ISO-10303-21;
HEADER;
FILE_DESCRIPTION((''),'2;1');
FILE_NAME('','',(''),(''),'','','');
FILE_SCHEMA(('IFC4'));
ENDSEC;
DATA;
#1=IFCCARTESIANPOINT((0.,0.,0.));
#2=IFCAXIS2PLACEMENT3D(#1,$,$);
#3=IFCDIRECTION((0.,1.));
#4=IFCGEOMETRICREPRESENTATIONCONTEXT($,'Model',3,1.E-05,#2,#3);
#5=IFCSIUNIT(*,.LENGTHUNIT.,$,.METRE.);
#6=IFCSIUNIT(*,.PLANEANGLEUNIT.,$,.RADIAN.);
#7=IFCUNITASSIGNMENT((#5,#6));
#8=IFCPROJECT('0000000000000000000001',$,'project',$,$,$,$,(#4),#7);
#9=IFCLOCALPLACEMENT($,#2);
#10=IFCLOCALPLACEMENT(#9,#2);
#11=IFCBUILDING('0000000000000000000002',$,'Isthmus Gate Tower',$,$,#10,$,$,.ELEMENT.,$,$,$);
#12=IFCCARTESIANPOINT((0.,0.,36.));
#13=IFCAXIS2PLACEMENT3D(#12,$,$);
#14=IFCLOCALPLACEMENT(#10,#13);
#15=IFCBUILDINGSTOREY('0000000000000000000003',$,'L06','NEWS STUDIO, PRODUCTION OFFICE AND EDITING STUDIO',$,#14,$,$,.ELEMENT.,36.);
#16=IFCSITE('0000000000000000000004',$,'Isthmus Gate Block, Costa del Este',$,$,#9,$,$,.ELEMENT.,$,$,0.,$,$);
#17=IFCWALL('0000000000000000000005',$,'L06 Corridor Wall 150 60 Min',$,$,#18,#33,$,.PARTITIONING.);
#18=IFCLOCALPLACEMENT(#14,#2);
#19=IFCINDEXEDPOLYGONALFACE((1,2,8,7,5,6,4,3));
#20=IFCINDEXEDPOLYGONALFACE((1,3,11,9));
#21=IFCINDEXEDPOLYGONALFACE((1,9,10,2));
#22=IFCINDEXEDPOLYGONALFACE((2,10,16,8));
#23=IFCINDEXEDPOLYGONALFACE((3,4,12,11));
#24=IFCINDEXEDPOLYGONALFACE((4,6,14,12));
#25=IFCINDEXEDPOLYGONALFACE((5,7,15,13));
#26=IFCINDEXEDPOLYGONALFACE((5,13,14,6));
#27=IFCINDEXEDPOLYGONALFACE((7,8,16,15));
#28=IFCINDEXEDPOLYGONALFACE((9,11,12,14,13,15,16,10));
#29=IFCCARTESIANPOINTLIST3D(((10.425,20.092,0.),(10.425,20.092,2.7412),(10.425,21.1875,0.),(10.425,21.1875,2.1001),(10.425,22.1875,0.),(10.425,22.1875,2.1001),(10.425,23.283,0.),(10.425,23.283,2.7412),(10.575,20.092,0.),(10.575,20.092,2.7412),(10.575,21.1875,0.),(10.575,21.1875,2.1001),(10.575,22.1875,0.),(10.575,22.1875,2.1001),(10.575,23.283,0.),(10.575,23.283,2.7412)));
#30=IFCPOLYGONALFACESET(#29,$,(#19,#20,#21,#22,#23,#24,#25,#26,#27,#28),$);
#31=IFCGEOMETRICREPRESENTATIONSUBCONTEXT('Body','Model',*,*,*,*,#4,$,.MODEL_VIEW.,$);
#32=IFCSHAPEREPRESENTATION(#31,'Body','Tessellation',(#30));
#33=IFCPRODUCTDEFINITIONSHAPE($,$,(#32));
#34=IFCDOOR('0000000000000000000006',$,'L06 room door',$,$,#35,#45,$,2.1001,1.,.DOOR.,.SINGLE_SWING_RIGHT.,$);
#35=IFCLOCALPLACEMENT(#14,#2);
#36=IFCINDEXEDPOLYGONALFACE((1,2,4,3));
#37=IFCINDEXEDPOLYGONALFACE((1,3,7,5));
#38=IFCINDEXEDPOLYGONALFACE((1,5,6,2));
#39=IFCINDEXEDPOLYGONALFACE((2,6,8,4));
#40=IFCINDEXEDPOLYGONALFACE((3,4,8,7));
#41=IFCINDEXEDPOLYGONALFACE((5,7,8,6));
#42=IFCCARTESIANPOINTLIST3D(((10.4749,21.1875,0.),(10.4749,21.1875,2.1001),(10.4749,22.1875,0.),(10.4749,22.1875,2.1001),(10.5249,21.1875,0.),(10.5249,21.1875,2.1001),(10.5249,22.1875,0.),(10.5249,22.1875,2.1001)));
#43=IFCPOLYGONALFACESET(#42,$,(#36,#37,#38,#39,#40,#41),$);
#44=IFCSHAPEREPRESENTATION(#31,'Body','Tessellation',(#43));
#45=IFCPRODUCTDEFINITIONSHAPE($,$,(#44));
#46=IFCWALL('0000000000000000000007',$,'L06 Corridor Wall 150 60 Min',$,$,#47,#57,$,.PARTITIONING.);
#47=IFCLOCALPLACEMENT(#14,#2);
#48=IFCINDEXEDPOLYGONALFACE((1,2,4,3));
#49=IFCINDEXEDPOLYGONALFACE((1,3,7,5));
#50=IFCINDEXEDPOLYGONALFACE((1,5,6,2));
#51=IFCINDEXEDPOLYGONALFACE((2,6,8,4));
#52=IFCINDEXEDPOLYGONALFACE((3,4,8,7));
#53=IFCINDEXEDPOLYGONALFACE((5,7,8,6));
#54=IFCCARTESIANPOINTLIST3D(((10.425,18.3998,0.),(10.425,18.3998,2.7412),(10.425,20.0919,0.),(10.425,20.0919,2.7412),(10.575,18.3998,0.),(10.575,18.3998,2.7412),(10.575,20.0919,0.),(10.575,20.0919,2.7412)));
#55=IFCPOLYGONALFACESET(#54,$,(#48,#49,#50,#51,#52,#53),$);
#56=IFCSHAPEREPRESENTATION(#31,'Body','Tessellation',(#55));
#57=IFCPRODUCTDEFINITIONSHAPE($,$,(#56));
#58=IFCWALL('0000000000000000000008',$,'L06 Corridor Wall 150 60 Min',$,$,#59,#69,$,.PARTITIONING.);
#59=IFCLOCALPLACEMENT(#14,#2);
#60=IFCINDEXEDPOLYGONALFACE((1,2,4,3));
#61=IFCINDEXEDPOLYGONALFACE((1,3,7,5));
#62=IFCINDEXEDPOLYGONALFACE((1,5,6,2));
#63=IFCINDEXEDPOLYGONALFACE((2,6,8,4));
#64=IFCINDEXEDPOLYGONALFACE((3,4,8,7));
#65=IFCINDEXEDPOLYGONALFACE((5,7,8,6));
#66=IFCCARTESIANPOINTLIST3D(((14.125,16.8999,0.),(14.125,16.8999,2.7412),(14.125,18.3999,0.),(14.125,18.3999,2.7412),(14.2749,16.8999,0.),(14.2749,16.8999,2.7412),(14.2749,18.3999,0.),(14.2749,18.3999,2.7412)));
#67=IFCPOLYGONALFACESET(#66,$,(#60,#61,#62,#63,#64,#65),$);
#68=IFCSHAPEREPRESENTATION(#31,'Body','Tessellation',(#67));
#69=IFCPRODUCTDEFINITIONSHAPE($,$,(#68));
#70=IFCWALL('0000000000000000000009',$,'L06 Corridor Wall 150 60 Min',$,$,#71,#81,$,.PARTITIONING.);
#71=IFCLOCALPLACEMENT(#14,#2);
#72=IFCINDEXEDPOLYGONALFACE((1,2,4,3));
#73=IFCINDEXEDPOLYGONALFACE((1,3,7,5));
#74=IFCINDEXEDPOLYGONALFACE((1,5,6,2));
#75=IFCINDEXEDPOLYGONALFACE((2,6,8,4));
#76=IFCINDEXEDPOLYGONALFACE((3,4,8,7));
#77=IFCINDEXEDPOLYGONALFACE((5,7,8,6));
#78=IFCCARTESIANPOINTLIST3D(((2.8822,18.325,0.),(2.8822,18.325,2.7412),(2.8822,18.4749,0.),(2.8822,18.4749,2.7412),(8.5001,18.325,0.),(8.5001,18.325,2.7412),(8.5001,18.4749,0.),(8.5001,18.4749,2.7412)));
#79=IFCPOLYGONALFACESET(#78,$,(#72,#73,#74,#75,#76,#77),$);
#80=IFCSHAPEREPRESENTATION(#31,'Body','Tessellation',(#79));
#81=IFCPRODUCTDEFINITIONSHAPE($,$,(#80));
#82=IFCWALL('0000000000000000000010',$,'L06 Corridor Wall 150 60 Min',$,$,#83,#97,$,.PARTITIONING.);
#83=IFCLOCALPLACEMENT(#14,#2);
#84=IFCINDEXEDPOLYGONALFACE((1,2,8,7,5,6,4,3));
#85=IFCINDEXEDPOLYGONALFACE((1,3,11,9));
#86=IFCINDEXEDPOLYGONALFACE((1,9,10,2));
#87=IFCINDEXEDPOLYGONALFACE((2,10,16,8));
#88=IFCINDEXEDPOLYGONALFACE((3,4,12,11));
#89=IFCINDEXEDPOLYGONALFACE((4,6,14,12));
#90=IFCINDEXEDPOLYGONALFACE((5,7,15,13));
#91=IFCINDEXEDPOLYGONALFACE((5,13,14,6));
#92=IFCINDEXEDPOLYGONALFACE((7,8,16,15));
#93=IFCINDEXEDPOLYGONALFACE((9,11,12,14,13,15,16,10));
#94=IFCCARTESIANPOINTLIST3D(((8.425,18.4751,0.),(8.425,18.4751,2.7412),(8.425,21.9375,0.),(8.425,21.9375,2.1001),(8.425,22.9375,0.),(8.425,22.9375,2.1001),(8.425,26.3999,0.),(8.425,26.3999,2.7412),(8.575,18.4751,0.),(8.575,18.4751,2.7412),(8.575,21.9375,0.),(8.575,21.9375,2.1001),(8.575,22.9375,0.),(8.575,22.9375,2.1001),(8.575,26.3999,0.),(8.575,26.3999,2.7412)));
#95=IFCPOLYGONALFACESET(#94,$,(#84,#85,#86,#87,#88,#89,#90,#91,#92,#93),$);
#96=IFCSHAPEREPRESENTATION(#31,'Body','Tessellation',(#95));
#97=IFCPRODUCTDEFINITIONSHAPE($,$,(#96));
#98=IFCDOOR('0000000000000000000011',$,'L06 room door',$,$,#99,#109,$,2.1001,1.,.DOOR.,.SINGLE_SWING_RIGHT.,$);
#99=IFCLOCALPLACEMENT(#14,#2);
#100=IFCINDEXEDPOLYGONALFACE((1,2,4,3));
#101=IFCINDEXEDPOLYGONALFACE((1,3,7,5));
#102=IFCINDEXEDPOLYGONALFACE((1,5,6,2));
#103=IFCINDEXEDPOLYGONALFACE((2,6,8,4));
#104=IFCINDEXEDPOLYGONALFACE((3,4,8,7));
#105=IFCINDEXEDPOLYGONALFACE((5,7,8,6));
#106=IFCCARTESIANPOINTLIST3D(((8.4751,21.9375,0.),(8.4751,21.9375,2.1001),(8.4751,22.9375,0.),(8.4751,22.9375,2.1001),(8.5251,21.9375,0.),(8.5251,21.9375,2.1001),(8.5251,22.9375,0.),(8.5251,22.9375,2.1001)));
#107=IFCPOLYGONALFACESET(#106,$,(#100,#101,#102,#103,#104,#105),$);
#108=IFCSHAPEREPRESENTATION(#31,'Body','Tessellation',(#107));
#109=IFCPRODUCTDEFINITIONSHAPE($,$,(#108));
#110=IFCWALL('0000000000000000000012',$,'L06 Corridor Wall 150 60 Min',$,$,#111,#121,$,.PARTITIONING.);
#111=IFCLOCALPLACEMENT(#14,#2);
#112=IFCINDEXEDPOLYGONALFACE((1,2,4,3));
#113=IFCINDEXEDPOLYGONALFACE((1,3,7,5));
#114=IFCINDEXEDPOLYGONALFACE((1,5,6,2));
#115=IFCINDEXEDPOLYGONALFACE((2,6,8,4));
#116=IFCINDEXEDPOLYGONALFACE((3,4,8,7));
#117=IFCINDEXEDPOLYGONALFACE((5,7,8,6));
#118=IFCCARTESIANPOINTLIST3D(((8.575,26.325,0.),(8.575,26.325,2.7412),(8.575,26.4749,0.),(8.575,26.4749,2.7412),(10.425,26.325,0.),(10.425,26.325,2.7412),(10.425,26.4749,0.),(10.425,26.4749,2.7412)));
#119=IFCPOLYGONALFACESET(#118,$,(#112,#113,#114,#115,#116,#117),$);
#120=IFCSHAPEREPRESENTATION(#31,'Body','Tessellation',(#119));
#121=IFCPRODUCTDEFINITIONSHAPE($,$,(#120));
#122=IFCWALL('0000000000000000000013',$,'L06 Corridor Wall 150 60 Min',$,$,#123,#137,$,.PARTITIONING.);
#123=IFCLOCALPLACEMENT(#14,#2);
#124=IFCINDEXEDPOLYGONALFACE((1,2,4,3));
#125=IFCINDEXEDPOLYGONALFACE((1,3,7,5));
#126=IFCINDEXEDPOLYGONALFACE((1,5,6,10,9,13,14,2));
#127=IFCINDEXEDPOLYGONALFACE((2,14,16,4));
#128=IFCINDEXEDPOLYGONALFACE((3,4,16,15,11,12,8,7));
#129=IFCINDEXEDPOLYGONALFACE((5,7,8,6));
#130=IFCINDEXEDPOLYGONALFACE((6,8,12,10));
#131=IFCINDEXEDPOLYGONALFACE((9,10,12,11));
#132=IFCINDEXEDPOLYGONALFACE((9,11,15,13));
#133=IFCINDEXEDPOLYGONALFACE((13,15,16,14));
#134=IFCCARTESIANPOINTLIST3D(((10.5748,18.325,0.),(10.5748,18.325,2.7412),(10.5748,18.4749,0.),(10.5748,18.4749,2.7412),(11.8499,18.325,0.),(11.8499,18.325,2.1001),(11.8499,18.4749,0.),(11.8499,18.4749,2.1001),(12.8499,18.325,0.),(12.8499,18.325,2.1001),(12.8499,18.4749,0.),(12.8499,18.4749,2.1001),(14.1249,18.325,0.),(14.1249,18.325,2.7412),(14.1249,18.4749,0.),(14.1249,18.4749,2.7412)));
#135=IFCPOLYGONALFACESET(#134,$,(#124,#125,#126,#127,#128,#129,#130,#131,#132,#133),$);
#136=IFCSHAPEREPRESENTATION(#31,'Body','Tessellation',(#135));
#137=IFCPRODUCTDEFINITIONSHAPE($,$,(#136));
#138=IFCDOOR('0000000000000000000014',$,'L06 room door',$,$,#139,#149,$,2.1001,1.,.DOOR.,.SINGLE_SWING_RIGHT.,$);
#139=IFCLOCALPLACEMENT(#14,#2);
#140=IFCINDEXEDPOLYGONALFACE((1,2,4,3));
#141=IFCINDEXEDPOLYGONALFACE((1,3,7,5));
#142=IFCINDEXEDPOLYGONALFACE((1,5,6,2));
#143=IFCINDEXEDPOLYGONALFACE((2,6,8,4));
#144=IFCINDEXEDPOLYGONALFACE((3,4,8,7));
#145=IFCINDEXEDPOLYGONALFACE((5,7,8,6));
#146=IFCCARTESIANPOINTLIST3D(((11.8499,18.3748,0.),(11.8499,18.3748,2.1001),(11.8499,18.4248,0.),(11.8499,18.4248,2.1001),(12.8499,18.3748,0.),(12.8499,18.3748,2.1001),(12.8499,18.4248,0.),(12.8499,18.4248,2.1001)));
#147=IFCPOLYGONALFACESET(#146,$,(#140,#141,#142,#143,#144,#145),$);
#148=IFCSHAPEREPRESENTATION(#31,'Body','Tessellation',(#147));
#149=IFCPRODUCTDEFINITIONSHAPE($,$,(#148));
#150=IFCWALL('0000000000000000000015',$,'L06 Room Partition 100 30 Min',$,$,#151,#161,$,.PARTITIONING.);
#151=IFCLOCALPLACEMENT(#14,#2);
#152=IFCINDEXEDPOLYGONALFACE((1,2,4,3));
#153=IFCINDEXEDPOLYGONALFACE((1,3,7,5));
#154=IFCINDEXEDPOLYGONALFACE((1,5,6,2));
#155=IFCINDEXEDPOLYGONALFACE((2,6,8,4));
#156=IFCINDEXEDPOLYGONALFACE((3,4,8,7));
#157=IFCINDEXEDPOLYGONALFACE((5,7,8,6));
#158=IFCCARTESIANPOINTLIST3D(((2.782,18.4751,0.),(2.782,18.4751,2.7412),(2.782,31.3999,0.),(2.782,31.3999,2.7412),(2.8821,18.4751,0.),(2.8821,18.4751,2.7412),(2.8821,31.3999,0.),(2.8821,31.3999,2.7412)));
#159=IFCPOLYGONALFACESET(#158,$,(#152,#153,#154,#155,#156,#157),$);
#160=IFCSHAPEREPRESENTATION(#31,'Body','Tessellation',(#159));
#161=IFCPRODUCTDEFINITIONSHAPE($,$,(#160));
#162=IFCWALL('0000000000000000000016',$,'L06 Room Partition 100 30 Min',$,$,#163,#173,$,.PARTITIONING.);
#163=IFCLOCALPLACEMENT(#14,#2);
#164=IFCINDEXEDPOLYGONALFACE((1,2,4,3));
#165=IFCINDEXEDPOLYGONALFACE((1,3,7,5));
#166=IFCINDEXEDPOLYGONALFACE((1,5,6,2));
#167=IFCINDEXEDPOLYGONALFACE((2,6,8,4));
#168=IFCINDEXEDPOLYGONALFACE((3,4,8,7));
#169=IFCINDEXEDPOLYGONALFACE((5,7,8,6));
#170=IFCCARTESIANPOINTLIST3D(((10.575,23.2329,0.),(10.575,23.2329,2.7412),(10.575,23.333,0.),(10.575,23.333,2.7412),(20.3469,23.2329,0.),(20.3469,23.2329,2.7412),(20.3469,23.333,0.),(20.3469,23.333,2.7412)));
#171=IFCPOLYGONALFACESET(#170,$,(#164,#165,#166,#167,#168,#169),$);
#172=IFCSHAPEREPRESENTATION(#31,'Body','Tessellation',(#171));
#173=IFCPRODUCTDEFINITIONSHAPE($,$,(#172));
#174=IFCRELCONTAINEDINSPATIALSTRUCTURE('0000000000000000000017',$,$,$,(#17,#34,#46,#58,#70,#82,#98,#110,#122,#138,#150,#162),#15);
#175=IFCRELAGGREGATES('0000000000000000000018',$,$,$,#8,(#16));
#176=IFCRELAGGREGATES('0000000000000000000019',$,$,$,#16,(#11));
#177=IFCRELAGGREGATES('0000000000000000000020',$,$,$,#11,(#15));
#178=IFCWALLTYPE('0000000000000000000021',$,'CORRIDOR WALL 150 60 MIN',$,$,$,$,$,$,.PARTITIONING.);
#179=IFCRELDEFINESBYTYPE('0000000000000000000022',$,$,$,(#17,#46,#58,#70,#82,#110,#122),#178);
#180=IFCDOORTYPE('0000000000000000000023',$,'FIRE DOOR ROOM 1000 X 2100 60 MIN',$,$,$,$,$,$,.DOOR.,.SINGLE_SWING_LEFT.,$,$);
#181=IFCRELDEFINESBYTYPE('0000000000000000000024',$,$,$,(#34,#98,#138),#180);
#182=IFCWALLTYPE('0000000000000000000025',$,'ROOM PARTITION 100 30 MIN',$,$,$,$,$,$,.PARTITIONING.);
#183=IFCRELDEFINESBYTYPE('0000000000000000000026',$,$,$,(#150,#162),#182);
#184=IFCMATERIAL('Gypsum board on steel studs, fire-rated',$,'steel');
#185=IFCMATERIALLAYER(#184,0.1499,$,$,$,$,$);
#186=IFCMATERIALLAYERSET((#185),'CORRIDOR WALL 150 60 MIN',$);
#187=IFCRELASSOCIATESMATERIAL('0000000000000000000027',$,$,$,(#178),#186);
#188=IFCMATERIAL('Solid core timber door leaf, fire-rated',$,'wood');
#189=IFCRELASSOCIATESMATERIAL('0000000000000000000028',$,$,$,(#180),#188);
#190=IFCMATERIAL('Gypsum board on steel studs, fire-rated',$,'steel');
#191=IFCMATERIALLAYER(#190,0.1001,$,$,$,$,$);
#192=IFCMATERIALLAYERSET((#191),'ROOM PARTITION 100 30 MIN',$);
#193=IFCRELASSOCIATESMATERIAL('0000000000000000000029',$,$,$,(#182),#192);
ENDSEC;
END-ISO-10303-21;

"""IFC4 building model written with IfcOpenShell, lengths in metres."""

from ifc_helpers import new_model, si_unit, direction, frame, frame_2d, origin, place, context, subcontext, project, spatial, rectangle, extrude, material, layer, layer_set, type_object, element, fill, save


model = new_model("IFC4")

# Units and contexts
model_context = context("Model", 3, precision=1e-05, world=origin(), true_north=direction((0.0, 1.0)))
body_context = subcontext(model_context, "Body", "Model", "MODEL_VIEW")
ifc_project = project(units=[si_unit("LENGTHUNIT", "METRE"), si_unit("PLANEANGLEUNIT", "RADIAN")], contexts=[model_context])

# Site, building, storey
site_placement = place(None, origin())
site = spatial("IfcSite", under=ifc_project, at=site_placement, Name="Isthmus Gate Block, Costa del Este", CompositionType="ELEMENT", RefElevation=0.0)
building_placement = place(site_placement, origin())
building = spatial("IfcBuilding", under=site, at=building_placement, Name="Isthmus Gate Tower", CompositionType="ELEMENT")
storey_placement = place(building_placement, frame((0.0, 0.0, 36.0)))
storey = spatial("IfcBuildingStorey", under=building, at=storey_placement, Name="L06", Description="NEWS STUDIO, PRODUCTION OFFICE AND EDITING STUDIO", CompositionType="ELEMENT", Elevation=36.0)

# Shared definitions
ifc_material_1 = material(Name="Gypsum board on steel studs, fire-rated", Category="steel")
ifc_layer_1 = layer(ifc_material_1, 0.1499)
ifc_layer_set_1 = layer_set([ifc_layer_1], Name="CORRIDOR WALL 150 60 MIN")
wall_type_1 = type_object("IfcWallType", Name="CORRIDOR WALL 150 60 MIN", PredefinedType="PARTITIONING", material=ifc_layer_set_1)

# Wall, opening, door
wall_1_placement = place(storey_placement, frame((10.5, 23.283, 0.0), z_axis=(0.0, 0.0, 1.0), x_axis=(0.0, -1.0, 0.0)))
wall_1 = element("IfcWall", 1, at=wall_1_placement, inside=storey, type_object=wall_type_1, Name="L06 Corridor Wall 150 60 Min", PredefinedType="PARTITIONING", context=body_context, shape_type="SweptSolid", body=[
    extrude(rectangle(XDim=3.1909, YDim=0.1499, at=frame_2d((1.5955, 0.0))), origin(), (0.0, 0.0, 1.0), 2.7412),
])
opening_1_placement = place(wall_1_placement, frame((1.0955, 0.0, 0.0)))
opening_1 = element("IfcOpeningElement", 2, at=opening_1_placement, cuts=wall_1, PredefinedType="OPENING", context=body_context, shape_type="SweptSolid", body=[
    extrude(rectangle(XDim=1.0, YDim=2.1001, at=frame_2d((0.5, 1.05))), frame((0.0, 0.085, 0.0), z_axis=(0.0, -1.0, 0.0), x_axis=(1.0, 0.0, 0.0)), (0.0, 0.0, 1.0), 0.1699),
])
ifc_material_2 = material(Name="Solid core timber door leaf, fire-rated", Category="wood")
door_type = type_object("IfcDoorType", Name="FIRE DOOR ROOM 1000 X 2100 60 MIN", OperationType="SINGLE_SWING_LEFT", PredefinedType="DOOR", material=ifc_material_2)
door_1_placement = place(opening_1_placement, origin())
door_1 = element("IfcDoor", 3, at=door_1_placement, inside=storey, type_object=door_type, Name="L06 room door", OperationType="SINGLE_SWING_RIGHT", OverallHeight=2.1001, OverallWidth=1.0, PredefinedType="DOOR", context=body_context, shape_type="SweptSolid", body=[
    extrude(rectangle(XDim=1.0, YDim=2.1001, at=frame_2d((0.5, 1.05))), frame((0.0, 0.0249, 0.0), z_axis=(0.0, -1.0, 0.0), x_axis=(1.0, 0.0, 0.0)), (0.0, 0.0, 1.0), 0.05),
])
fill(opening_1, door_1)

# Walls
wall_2_placement = place(storey_placement, frame((10.5, 20.092, 0.0), z_axis=(0.0, 0.0, 1.0), x_axis=(0.0, -1.0, 0.0)))
element("IfcWall", 4, at=wall_2_placement, inside=storey, type_object=wall_type_1, Name="L06 Corridor Wall 150 60 Min", PredefinedType="PARTITIONING", context=body_context, shape_type="SweptSolid", body=[
    extrude(rectangle(XDim=1.6921, YDim=0.1499, at=frame_2d((0.8462, 0.0))), origin(), (0.0, 0.0, 1.0), 2.7412),
])
wall_3_placement = place(storey_placement, frame((14.2, 18.3999, 0.0), z_axis=(0.0, 0.0, 1.0), x_axis=(0.0, -1.0, 0.0)))
element("IfcWall", 5, at=wall_3_placement, inside=storey, type_object=wall_type_1, Name="L06 Corridor Wall 150 60 Min", PredefinedType="PARTITIONING", context=body_context, shape_type="SweptSolid", body=[
    extrude(rectangle(XDim=1.5, YDim=0.1499, at=frame_2d((0.75, 0.0))), origin(), (0.0, 0.0, 1.0), 2.7412),
])
wall_4_placement = place(storey_placement, frame((2.8821, 18.3999, 0.0), z_axis=(0.0, 0.0, 1.0), x_axis=(1.0, 0.0, 0.0)))
element("IfcWall", 6, at=wall_4_placement, inside=storey, type_object=wall_type_1, Name="L06 Corridor Wall 150 60 Min", PredefinedType="PARTITIONING", context=body_context, shape_type="SweptSolid", body=[
    extrude(rectangle(XDim=5.6179, YDim=0.1499, at=frame_2d((2.8091, 0.0))), origin(), (0.0, 0.0, 1.0), 2.7412),
])

# Wall, opening, door
wall_5_placement = place(storey_placement, frame((8.5, 18.4751, 0.0), z_axis=(0.0, 0.0, 1.0), x_axis=(0.0, 1.0, 0.0)))
wall_5 = element("IfcWall", 7, at=wall_5_placement, inside=storey, type_object=wall_type_1, Name="L06 Corridor Wall 150 60 Min", PredefinedType="PARTITIONING", context=body_context, shape_type="SweptSolid", body=[
    extrude(rectangle(XDim=7.9248, YDim=0.1499, at=frame_2d((3.9624, 0.0))), origin(), (0.0, 0.0, 1.0), 2.7412),
])
opening_2_placement = place(wall_5_placement, frame((3.4624, 0.0, 0.0)))
opening_2 = element("IfcOpeningElement", 8, at=opening_2_placement, cuts=wall_5, PredefinedType="OPENING", context=body_context, shape_type="SweptSolid", body=[
    extrude(rectangle(XDim=1.0, YDim=2.1001, at=frame_2d((0.5, 1.05))), frame((0.0, 0.085, 0.0), z_axis=(0.0, -1.0, 0.0), x_axis=(1.0, 0.0, 0.0)), (0.0, 0.0, 1.0), 0.1699),
])
door_2_placement = place(opening_2_placement, origin())
door_2 = element("IfcDoor", 9, at=door_2_placement, inside=storey, type_object=door_type, Name="L06 room door", OperationType="SINGLE_SWING_RIGHT", OverallHeight=2.1001, OverallWidth=1.0, PredefinedType="DOOR", context=body_context, shape_type="SweptSolid", body=[
    extrude(rectangle(XDim=1.0, YDim=2.1001, at=frame_2d((0.5, 1.05))), frame((0.0, 0.0249, 0.0), z_axis=(0.0, -1.0, 0.0), x_axis=(1.0, 0.0, 0.0)), (0.0, 0.0, 1.0), 0.05),
])
fill(opening_2, door_2)

# Wall
wall_6_placement = place(storey_placement, frame((8.575, 26.3999, 0.0), z_axis=(0.0, 0.0, 1.0), x_axis=(1.0, 0.0, 0.0)))
element("IfcWall", 10, at=wall_6_placement, inside=storey, type_object=wall_type_1, Name="L06 Corridor Wall 150 60 Min", PredefinedType="PARTITIONING", context=body_context, shape_type="SweptSolid", body=[
    extrude(rectangle(XDim=1.8501, YDim=0.1499, at=frame_2d((0.925, 0.0))), origin(), (0.0, 0.0, 1.0), 2.7412),
])

# Wall, opening, door
wall_7_placement = place(storey_placement, frame((10.575, 18.3999, 0.0), z_axis=(0.0, 0.0, 1.0), x_axis=(1.0, 0.0, 0.0)))
wall_7 = element("IfcWall", 11, at=wall_7_placement, inside=storey, type_object=wall_type_1, Name="L06 Corridor Wall 150 60 Min", PredefinedType="PARTITIONING", context=body_context, shape_type="SweptSolid", body=[
    extrude(rectangle(XDim=3.55, YDim=0.1499, at=frame_2d((1.7749, 0.0))), origin(), (0.0, 0.0, 1.0), 2.7412),
])
opening_3_placement = place(wall_7_placement, frame((1.2749, 0.0, 0.0)))
opening_3 = element("IfcOpeningElement", 12, at=opening_3_placement, cuts=wall_7, PredefinedType="OPENING", context=body_context, shape_type="SweptSolid", body=[
    extrude(rectangle(XDim=1.0, YDim=2.1001, at=frame_2d((0.5, 1.05))), frame((0.0, 0.085, 0.0), z_axis=(0.0, -1.0, 0.0), x_axis=(1.0, 0.0, 0.0)), (0.0, 0.0, 1.0), 0.1699),
])
door_3_placement = place(opening_3_placement, origin())
door_3 = element("IfcDoor", 13, at=door_3_placement, inside=storey, type_object=door_type, Name="L06 room door", OperationType="SINGLE_SWING_RIGHT", OverallHeight=2.1001, OverallWidth=1.0, PredefinedType="DOOR", context=body_context, shape_type="SweptSolid", body=[
    extrude(rectangle(XDim=1.0, YDim=2.1001, at=frame_2d((0.5, 1.05))), frame((0.0, 0.0249, 0.0), z_axis=(0.0, -1.0, 0.0), x_axis=(1.0, 0.0, 0.0)), (0.0, 0.0, 1.0), 0.05),
])
fill(opening_3, door_3)

# Walls
ifc_material_3 = material(Name="Gypsum board on steel studs, fire-rated", Category="steel")
ifc_layer_2 = layer(ifc_material_3, 0.1001)
ifc_layer_set_2 = layer_set([ifc_layer_2], Name="ROOM PARTITION 100 30 MIN")
wall_type_2 = type_object("IfcWallType", Name="ROOM PARTITION 100 30 MIN", PredefinedType="PARTITIONING", material=ifc_layer_set_2)
wall_8_placement = place(storey_placement, frame((2.832, 18.4751, 0.0), z_axis=(0.0, 0.0, 1.0), x_axis=(0.0, 1.0, 0.0)))
element("IfcWall", 14, at=wall_8_placement, inside=storey, type_object=wall_type_2, Name="L06 Room Partition 100 30 Min", PredefinedType="PARTITIONING", context=body_context, shape_type="SweptSolid", body=[
    extrude(rectangle(XDim=12.9248, YDim=0.1001, at=frame_2d((6.4624, 0.0))), origin(), (0.0, 0.0, 1.0), 2.7412),
])
wall_9_placement = place(storey_placement, frame((10.575, 23.283, 0.0), z_axis=(0.0, 0.0, 1.0), x_axis=(1.0, 0.0, 0.0)))
element("IfcWall", 15, at=wall_9_placement, inside=storey, type_object=wall_type_2, Name="L06 Room Partition 100 30 Min", PredefinedType="PARTITIONING", context=body_context, shape_type="SweptSolid", body=[
    extrude(rectangle(XDim=9.772, YDim=0.1001, at=frame_2d((4.886, 0.0))), origin(), (0.0, 0.0, 1.0), 2.7412),
])

save(model, "model.ifc")
